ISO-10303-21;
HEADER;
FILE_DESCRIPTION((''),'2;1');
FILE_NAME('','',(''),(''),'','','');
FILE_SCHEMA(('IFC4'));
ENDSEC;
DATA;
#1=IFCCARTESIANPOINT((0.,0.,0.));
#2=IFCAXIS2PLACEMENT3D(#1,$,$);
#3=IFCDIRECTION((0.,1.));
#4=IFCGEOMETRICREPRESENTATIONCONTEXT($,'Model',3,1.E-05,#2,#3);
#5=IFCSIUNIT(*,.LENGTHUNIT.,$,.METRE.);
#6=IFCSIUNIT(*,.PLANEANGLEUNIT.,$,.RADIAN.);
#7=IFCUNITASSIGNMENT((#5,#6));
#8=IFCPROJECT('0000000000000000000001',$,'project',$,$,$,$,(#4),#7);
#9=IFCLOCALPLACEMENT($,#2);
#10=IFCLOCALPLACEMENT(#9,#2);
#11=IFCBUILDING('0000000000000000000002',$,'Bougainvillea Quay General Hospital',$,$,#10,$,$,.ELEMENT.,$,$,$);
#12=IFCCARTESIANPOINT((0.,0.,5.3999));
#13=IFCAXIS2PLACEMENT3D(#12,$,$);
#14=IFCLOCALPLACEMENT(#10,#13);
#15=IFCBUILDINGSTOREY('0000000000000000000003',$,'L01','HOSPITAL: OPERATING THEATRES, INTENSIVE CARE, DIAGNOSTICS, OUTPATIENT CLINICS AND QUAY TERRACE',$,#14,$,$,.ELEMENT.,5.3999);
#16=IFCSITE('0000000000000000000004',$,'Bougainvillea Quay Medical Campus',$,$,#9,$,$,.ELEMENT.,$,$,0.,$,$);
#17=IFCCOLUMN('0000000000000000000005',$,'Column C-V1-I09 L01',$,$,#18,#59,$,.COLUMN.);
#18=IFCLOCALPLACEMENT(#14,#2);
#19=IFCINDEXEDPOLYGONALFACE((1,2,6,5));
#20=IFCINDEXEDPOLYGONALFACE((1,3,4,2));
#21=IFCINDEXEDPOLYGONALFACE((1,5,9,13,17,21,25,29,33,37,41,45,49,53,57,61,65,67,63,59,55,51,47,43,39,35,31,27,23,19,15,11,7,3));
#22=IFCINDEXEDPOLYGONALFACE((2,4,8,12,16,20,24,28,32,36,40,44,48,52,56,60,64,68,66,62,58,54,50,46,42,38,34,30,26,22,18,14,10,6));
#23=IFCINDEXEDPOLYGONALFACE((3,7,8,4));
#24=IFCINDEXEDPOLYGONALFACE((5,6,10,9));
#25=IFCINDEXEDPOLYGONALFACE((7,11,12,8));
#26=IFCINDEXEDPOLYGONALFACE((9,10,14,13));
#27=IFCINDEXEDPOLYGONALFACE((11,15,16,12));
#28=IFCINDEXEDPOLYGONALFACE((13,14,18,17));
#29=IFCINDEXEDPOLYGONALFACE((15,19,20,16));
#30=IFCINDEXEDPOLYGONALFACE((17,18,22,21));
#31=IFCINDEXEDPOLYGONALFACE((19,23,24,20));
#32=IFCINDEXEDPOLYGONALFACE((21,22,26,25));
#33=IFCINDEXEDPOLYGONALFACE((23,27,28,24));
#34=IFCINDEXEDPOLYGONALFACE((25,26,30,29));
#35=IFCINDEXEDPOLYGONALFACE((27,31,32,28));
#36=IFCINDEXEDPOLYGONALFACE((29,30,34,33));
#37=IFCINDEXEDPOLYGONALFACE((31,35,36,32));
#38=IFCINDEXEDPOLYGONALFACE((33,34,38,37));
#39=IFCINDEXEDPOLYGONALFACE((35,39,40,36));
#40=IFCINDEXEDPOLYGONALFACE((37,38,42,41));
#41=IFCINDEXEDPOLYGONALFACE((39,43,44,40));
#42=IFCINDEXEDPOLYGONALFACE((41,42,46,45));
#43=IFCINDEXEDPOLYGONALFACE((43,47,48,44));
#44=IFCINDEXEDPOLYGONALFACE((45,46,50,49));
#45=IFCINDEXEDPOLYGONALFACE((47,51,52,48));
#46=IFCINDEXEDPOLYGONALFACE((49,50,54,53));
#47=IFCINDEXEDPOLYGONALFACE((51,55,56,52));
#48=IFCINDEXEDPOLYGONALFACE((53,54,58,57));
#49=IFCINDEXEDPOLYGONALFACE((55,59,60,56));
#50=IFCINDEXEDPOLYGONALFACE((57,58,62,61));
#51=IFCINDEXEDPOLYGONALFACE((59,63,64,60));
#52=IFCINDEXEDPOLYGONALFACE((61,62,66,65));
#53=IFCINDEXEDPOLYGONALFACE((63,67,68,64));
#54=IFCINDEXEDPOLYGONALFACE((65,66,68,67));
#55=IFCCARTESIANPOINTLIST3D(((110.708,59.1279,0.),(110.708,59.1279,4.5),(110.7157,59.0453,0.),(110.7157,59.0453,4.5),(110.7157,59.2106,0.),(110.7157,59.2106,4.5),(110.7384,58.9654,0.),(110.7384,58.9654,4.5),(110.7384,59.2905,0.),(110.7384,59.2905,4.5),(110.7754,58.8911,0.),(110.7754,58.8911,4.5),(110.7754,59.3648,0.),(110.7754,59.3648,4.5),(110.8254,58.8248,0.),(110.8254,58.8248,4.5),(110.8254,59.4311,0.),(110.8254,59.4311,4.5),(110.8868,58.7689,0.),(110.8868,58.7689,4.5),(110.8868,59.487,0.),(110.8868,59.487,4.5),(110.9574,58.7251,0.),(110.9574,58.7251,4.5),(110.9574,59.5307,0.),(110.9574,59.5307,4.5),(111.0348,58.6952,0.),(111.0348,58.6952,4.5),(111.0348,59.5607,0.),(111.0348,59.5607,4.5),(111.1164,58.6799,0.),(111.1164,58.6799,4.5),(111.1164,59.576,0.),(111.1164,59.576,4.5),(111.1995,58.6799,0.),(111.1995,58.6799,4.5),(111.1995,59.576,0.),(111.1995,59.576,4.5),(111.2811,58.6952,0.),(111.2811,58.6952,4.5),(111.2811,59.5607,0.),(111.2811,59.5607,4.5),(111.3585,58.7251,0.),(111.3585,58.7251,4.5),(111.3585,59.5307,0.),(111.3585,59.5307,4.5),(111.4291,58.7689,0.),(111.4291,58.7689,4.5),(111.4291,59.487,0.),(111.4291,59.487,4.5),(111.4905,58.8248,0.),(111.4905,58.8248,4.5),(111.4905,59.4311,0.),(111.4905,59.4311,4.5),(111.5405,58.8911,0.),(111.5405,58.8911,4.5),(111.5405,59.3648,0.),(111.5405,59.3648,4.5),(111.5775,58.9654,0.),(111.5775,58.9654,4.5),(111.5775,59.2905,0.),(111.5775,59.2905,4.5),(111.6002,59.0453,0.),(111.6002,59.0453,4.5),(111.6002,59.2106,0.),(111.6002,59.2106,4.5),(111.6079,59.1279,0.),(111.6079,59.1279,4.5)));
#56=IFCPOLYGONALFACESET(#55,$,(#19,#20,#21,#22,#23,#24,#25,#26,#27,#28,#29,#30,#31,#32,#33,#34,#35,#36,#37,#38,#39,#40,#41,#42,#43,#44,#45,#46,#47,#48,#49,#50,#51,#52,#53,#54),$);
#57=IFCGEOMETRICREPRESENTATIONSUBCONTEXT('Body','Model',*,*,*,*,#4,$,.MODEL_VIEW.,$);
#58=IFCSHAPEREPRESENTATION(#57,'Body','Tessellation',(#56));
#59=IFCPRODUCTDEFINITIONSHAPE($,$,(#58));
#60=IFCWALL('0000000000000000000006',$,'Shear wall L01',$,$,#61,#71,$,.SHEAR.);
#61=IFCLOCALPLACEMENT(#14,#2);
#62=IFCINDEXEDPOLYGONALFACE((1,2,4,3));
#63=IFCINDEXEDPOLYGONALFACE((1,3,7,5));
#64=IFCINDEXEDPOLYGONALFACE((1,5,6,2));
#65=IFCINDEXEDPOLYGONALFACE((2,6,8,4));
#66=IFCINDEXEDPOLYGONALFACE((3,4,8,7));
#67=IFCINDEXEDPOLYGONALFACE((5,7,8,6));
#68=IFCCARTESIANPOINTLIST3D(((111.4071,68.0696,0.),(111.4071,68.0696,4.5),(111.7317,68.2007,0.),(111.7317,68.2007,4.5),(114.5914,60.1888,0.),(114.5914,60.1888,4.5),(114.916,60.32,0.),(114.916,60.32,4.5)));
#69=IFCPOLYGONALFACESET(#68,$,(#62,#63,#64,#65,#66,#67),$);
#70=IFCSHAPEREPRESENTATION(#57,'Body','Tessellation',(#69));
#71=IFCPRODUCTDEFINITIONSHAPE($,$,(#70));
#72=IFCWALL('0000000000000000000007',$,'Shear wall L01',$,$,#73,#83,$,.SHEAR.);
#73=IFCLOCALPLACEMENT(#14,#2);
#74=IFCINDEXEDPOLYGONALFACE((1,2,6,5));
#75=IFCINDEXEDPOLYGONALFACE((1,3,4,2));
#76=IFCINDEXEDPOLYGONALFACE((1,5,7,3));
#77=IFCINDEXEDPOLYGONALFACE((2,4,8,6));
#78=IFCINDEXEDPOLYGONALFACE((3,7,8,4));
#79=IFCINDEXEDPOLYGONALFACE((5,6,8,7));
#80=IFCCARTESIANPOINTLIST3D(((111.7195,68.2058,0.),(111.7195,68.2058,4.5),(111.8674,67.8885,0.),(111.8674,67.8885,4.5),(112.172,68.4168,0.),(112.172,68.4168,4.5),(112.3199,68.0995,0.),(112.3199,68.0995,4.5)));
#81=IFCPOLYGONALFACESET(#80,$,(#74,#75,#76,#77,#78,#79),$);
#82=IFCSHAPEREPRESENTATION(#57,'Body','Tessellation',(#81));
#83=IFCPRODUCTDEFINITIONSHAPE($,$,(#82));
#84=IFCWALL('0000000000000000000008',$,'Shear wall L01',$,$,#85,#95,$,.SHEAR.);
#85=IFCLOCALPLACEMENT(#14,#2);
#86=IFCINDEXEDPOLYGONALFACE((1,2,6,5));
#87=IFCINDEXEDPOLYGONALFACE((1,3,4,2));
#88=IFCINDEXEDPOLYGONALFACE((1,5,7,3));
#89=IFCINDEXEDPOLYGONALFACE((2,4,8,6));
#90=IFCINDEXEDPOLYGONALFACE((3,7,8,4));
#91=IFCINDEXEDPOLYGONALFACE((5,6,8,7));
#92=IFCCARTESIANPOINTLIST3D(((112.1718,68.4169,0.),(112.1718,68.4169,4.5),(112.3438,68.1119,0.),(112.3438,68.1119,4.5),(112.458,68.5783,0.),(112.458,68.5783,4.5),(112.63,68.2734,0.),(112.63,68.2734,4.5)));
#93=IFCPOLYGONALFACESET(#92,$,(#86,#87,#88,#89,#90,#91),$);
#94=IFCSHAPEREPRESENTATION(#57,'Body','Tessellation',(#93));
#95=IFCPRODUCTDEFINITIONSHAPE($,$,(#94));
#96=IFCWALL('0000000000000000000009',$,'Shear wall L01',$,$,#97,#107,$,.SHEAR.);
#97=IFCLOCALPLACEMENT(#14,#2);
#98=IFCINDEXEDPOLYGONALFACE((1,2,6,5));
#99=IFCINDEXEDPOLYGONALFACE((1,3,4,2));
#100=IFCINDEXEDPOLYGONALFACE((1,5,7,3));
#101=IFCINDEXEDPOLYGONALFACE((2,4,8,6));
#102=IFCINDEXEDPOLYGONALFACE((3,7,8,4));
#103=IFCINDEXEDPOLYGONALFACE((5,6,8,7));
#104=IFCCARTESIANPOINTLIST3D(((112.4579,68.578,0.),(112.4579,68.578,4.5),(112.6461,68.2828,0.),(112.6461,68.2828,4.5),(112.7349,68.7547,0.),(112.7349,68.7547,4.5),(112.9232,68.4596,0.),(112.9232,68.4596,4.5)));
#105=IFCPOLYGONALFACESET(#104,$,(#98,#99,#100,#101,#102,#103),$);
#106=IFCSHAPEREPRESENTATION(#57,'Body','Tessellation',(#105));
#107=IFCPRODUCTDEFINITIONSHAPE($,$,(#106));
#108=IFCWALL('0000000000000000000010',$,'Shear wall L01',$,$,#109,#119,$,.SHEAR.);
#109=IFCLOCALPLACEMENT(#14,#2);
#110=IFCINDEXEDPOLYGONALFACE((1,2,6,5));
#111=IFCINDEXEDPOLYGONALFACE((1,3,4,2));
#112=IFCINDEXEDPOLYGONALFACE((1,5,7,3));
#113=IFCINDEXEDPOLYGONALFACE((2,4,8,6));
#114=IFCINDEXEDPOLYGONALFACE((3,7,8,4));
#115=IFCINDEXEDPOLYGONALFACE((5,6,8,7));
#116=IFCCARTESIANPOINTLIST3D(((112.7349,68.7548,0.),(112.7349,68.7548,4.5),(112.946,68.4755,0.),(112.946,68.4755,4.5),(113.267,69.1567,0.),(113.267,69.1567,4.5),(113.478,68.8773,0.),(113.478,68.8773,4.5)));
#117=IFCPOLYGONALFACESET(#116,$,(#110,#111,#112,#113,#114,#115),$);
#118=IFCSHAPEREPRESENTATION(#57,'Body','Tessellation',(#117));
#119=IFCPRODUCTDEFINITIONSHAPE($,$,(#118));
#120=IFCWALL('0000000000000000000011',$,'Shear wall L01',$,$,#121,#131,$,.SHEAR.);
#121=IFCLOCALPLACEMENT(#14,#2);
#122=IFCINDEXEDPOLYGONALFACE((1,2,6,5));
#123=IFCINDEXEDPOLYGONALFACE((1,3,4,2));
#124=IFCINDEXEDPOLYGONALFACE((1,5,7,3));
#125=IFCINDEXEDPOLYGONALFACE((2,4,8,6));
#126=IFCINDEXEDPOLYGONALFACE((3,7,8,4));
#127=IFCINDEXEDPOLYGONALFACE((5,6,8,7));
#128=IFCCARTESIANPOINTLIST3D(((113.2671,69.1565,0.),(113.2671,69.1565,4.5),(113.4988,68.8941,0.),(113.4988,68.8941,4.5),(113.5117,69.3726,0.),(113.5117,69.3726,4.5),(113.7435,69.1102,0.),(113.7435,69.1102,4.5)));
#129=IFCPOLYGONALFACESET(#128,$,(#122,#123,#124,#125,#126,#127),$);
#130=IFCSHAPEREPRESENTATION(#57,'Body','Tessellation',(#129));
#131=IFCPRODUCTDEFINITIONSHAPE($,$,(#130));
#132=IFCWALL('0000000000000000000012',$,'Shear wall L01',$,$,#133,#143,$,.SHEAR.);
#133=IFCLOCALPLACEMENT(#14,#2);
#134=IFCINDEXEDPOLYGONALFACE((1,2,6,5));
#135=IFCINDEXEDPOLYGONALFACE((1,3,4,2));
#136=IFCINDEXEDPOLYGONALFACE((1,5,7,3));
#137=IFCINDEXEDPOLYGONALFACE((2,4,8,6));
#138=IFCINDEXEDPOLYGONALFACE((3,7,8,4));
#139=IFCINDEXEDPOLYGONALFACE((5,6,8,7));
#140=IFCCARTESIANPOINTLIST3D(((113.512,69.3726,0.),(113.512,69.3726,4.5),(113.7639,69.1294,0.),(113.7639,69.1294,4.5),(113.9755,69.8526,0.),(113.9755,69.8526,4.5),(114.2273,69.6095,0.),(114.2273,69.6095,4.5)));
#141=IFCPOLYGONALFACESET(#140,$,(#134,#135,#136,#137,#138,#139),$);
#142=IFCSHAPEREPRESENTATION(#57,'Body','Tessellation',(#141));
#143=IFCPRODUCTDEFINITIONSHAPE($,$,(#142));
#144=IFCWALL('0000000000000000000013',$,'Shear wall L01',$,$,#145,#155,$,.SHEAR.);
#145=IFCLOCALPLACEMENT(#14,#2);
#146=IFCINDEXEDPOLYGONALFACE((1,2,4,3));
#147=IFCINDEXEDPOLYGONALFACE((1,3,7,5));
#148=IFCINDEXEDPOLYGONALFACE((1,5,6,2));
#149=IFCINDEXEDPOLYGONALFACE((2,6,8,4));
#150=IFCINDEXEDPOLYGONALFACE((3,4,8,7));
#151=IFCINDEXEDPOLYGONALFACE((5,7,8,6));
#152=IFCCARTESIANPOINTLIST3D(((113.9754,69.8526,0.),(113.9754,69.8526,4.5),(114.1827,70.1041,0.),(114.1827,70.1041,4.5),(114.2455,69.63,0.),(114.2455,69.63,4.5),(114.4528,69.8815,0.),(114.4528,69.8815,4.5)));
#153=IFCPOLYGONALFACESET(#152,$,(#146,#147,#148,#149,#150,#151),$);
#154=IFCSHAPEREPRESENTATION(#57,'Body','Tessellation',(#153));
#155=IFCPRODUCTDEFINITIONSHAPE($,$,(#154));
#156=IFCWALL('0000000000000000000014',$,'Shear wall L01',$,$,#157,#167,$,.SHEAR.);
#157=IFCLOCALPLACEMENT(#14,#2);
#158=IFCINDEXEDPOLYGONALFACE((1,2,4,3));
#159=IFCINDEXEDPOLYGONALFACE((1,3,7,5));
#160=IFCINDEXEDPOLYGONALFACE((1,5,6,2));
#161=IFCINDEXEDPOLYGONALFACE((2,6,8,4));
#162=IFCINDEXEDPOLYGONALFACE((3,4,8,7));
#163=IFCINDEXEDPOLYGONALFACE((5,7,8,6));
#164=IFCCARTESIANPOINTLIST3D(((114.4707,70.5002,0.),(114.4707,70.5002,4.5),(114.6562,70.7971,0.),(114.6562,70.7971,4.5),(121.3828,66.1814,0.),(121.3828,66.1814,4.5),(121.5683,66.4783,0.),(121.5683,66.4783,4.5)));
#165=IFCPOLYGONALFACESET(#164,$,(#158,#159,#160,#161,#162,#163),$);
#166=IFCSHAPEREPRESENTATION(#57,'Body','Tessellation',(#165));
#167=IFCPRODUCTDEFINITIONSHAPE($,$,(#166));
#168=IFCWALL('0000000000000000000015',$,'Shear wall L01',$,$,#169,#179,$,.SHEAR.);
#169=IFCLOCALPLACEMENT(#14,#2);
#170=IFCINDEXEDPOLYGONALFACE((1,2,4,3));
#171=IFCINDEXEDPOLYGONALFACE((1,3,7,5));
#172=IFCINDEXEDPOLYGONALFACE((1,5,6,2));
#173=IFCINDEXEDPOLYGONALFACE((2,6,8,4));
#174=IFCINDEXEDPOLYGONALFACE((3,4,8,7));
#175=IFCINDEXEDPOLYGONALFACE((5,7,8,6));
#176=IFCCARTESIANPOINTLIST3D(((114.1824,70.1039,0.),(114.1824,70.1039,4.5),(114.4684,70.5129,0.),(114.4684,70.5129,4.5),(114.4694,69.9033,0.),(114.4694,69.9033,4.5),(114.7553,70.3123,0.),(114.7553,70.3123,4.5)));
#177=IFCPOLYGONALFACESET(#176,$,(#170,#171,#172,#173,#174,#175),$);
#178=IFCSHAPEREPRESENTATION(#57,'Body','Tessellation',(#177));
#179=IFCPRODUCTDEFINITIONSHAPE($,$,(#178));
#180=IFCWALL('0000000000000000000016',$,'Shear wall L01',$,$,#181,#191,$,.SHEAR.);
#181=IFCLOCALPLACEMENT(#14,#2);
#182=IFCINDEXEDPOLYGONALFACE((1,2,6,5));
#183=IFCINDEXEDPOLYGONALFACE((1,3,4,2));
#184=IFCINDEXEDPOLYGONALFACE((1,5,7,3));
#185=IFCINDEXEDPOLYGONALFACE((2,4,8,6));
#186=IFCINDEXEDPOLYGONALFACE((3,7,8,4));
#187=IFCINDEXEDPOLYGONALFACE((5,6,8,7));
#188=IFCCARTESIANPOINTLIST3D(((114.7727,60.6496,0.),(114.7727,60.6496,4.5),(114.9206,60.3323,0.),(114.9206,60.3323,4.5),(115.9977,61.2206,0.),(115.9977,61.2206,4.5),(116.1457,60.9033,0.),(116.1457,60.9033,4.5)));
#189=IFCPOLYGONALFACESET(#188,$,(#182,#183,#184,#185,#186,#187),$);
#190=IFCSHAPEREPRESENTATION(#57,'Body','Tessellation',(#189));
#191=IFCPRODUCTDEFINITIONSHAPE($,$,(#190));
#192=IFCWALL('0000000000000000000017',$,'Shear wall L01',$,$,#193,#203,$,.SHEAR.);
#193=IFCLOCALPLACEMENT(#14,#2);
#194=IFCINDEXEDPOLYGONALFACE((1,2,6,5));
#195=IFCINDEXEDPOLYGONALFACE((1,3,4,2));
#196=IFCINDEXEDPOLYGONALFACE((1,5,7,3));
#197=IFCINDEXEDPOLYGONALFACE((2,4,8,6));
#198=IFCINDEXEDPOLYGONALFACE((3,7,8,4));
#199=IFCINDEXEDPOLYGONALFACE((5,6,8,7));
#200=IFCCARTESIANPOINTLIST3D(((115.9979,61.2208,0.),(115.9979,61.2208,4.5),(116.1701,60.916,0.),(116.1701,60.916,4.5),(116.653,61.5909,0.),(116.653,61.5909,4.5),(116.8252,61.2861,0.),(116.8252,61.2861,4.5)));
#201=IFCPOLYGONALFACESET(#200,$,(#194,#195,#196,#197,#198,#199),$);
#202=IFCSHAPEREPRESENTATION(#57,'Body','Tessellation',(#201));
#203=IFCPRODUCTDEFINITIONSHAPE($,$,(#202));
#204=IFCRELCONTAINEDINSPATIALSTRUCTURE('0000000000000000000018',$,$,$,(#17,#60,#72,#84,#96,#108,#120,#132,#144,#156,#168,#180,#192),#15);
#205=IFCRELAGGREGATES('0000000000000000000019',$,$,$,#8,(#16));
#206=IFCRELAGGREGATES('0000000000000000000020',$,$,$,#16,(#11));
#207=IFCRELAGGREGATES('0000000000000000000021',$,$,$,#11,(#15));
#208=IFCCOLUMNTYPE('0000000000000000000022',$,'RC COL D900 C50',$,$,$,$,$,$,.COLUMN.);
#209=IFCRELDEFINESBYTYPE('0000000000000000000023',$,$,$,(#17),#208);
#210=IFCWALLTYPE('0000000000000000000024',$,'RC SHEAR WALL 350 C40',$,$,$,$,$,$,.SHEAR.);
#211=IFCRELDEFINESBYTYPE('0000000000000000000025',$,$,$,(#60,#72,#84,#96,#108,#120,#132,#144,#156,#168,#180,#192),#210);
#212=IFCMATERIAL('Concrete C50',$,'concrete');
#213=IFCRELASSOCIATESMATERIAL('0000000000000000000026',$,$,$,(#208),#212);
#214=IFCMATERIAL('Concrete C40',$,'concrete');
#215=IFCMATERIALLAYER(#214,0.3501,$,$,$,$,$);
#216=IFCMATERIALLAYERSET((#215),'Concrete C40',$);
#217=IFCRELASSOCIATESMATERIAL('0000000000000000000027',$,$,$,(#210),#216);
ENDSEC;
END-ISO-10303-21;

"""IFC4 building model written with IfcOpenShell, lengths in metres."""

from ifc_helpers import new_model, si_unit, direction, frame, frame_2d, origin, origin_2d, place, context, subcontext, project, spatial, rectangle, circle, extrude, material, layer, layer_set, material_profile, profile_set, type_object, element, save


model = new_model("IFC4")

# Units and contexts
model_context = context("Model", 3, precision=1e-05, world=origin(), true_north=direction((0.0, 1.0)))
body_context = subcontext(model_context, "Body", "Model", "MODEL_VIEW")
ifc_project = project(units=[si_unit("LENGTHUNIT", "METRE"), si_unit("PLANEANGLEUNIT", "RADIAN")], contexts=[model_context])

# Site, building, storey
site_placement = place(None, origin())
site = spatial("IfcSite", under=ifc_project, at=site_placement, Name="Bougainvillea Quay Medical Campus", CompositionType="ELEMENT", RefElevation=0.0)
building_placement = place(site_placement, origin())
building = spatial("IfcBuilding", under=site, at=building_placement, Name="Bougainvillea Quay General Hospital", CompositionType="ELEMENT")
storey_placement = place(building_placement, frame((0.0, 0.0, 5.3999)))
storey = spatial("IfcBuildingStorey", under=building, at=storey_placement, Name="L01", Description="HOSPITAL: OPERATING THEATRES, INTENSIVE CARE, DIAGNOSTICS, OUTPATIENT CLINICS AND QUAY TERRACE", CompositionType="ELEMENT", Elevation=5.3999)

# Column
ifc_material_1 = material(Name="Concrete C50", Category="concrete")
ifc_material_profile = material_profile(ifc_material_1, circle(Radius=0.45, at=origin_2d()))
ifc_profile_set = profile_set([ifc_material_profile], Name="Concrete C50")
column_type = type_object("IfcColumnType", Name="RC COL D900 C50", PredefinedType="COLUMN", material=ifc_profile_set)
column_placement = place(storey_placement, frame((111.158, 59.1279, 0.0), z_axis=(0.0, 0.0, 1.0), x_axis=(1.0, 0.0, 0.0)))
element("IfcColumn", 1, at=column_placement, inside=storey, type_object=column_type, Name="Column C-V1-I09 L01", PredefinedType="COLUMN", context=body_context, shape_type="SweptSolid", body=[
    extrude(circle(Radius=0.45, at=origin_2d()), origin(), (0.0, 0.0, 1.0), 4.5),
])

# Walls
ifc_material_2 = material(Name="Concrete C40", Category="concrete")
ifc_layer = layer(ifc_material_2, 0.3501)
ifc_layer_set = layer_set([ifc_layer], Name="Concrete C40")
wall_type = type_object("IfcWallType", Name="RC SHEAR WALL 350 C40", PredefinedType="SHEAR", material=ifc_layer_set)
wall_1_placement = place(storey_placement, frame((111.5693, 68.1353, 0.0), z_axis=(0.0, 0.0, 1.0), x_axis=(0.374642, -0.92717, 0.0)))
element("IfcWall", 2, at=wall_1_placement, inside=storey, type_object=wall_type, Name="Shear wall L01", PredefinedType="SHEAR", context=body_context, shape_type="SweptSolid", body=[
    extrude(rectangle(XDim=8.4998, YDim=0.3501, at=frame_2d((4.25, 0.0))), origin(), (0.0, 0.0, 1.0), 4.5),
])
wall_2_placement = place(storey_placement, frame((112.2458, 68.2581, 0.0), z_axis=(0.0, 0.0, 1.0), x_axis=(-0.906321, -0.422591, 0.0)))
element("IfcWall", 3, at=wall_2_placement, inside=storey, type_object=wall_type, Name="Shear wall L01", PredefinedType="SHEAR", context=body_context, shape_type="SweptSolid", body=[
    extrude(rectangle(XDim=0.4993, YDim=0.3501, at=frame_2d((0.2495, 0.0))), origin(), (0.0, 0.0, 1.0), 4.5),
])
for number, where, z_axis, x_axis, name in (
    (4, (112.2578, 68.2644, 0.0), (0.0, 0.0, 1.0), (0.871019, 0.491249, 0.0), "Shear wall L01"),
    (5, (112.552, 68.4304, 0.0), (0.0, 0.0, 1.0), (0.84308, 0.537788, 0.0), "Shear wall L01"),
):
    element("IfcWall", number, at=place(storey_placement, frame(where, z_axis=z_axis, x_axis=x_axis)), inside=storey, type_object=wall_type, Name=name, PredefinedType="SHEAR", context=body_context, shape_type="SweptSolid", body=[
        extrude(rectangle(XDim=0.3286, YDim=0.3501, at=frame_2d((0.1643, 0.0))), origin(), (0.0, 0.0, 1.0), 4.5),
    ])
wall_3_placement = place(storey_placement, frame((113.3726, 69.0171, 0.0), z_axis=(0.0, 0.0, 1.0), x_axis=(-0.79793, -0.60275, 0.0)))
element("IfcWall", 6, at=wall_3_placement, inside=storey, type_object=wall_type, Name="Shear wall L01", PredefinedType="SHEAR", context=body_context, shape_type="SweptSolid", body=[
    extrude(rectangle(XDim=0.6667, YDim=0.3501, at=frame_2d((0.3335, 0.0))), origin(), (0.0, 0.0, 1.0), 4.5),
])
wall_4_placement = place(storey_placement, frame((113.3831, 69.0254, 0.0), z_axis=(0.0, 0.0, 1.0), x_axis=(0.74951, 0.661993, 0.0)))
element("IfcWall", 7, at=wall_4_placement, inside=storey, type_object=wall_type, Name="Shear wall L01", PredefinedType="SHEAR", context=body_context, shape_type="SweptSolid", body=[
    extrude(rectangle(XDim=0.3264, YDim=0.3501, at=frame_2d((0.1631, 0.0))), origin(), (0.0, 0.0, 1.0), 4.5),
])
wall_5_placement = place(storey_placement, frame((114.1013, 69.731, 0.0), z_axis=(0.0, 0.0, 1.0), x_axis=(-0.694555, -0.719439, 0.0)))
element("IfcWall", 8, at=wall_5_placement, inside=storey, type_object=wall_type, Name="Shear wall L01", PredefinedType="SHEAR", context=body_context, shape_type="SweptSolid", body=[
    extrude(rectangle(XDim=0.6672, YDim=0.3501, at=frame_2d((0.3335, 0.0))), origin(), (0.0, 0.0, 1.0), 4.5),
])
wall_6_placement = place(storey_placement, frame((114.1104, 69.7412, 0.0), z_axis=(0.0, 0.0, 1.0), x_axis=(0.636049, 0.771649, 0.0)))
element("IfcWall", 9, at=wall_6_placement, inside=storey, type_object=wall_type, Name="Shear wall L01", PredefinedType="SHEAR", context=body_context, shape_type="SweptSolid", body=[
    extrude(rectangle(XDim=0.3259, YDim=0.3501, at=frame_2d((0.1631, 0.0))), origin(), (0.0, 0.0, 1.0), 4.5),
])
wall_7_placement = place(storey_placement, frame((114.5635, 70.6487, 0.0), z_axis=(0.0, 0.0, 1.0), x_axis=(0.848066, -0.529891, 0.0)))
element("IfcWall", 10, at=wall_7_placement, inside=storey, type_object=wall_type, Name="Shear wall L01", PredefinedType="SHEAR", context=body_context, shape_type="SweptSolid", body=[
    extrude(rectangle(XDim=8.1504, YDim=0.3501, at=frame_2d((4.0752, 0.0))), origin(), (0.0, 0.0, 1.0), 4.5),
])
wall_8_placement = place(storey_placement, frame((114.6118, 70.4126, 0.0), z_axis=(0.0, 0.0, 1.0), x_axis=(-0.57297, -0.819577, 0.0)))
element("IfcWall", 11, at=wall_8_placement, inside=storey, type_object=wall_type, Name="Shear wall L01", PredefinedType="SHEAR", context=body_context, shape_type="SweptSolid", body=[
    extrude(rectangle(XDim=0.499, YDim=0.3501, at=frame_2d((0.2495, 0.0))), origin(), (0.0, 0.0, 1.0), 4.5),
])
wall_9_placement = place(storey_placement, frame((114.8467, 60.491, 0.0), z_axis=(0.0, 0.0, 1.0), x_axis=(0.906372, 0.42248, 0.0)))
element("IfcWall", 12, at=wall_9_placement, inside=storey, type_object=wall_type, Name="Shear wall L01", PredefinedType="SHEAR", context=body_context, shape_type="SweptSolid", body=[
    extrude(rectangle(XDim=1.3516, YDim=0.3501, at=frame_2d((0.6758, 0.0))), origin(), (0.0, 0.0, 1.0), 4.5),
])
wall_10_placement = place(storey_placement, frame((116.084, 61.0684, 0.0), z_axis=(0.0, 0.0, 1.0), x_axis=(0.870629, 0.49194, 0.0)))
element("IfcWall", 13, at=wall_10_placement, inside=storey, type_object=wall_type, Name="Shear wall L01", PredefinedType="SHEAR", context=body_context, shape_type="SweptSolid", body=[
    extrude(rectangle(XDim=0.7524, YDim=0.3501, at=frame_2d((0.3762, 0.0))), origin(), (0.0, 0.0, 1.0), 4.5),
])

save(model, "model.ifc")
